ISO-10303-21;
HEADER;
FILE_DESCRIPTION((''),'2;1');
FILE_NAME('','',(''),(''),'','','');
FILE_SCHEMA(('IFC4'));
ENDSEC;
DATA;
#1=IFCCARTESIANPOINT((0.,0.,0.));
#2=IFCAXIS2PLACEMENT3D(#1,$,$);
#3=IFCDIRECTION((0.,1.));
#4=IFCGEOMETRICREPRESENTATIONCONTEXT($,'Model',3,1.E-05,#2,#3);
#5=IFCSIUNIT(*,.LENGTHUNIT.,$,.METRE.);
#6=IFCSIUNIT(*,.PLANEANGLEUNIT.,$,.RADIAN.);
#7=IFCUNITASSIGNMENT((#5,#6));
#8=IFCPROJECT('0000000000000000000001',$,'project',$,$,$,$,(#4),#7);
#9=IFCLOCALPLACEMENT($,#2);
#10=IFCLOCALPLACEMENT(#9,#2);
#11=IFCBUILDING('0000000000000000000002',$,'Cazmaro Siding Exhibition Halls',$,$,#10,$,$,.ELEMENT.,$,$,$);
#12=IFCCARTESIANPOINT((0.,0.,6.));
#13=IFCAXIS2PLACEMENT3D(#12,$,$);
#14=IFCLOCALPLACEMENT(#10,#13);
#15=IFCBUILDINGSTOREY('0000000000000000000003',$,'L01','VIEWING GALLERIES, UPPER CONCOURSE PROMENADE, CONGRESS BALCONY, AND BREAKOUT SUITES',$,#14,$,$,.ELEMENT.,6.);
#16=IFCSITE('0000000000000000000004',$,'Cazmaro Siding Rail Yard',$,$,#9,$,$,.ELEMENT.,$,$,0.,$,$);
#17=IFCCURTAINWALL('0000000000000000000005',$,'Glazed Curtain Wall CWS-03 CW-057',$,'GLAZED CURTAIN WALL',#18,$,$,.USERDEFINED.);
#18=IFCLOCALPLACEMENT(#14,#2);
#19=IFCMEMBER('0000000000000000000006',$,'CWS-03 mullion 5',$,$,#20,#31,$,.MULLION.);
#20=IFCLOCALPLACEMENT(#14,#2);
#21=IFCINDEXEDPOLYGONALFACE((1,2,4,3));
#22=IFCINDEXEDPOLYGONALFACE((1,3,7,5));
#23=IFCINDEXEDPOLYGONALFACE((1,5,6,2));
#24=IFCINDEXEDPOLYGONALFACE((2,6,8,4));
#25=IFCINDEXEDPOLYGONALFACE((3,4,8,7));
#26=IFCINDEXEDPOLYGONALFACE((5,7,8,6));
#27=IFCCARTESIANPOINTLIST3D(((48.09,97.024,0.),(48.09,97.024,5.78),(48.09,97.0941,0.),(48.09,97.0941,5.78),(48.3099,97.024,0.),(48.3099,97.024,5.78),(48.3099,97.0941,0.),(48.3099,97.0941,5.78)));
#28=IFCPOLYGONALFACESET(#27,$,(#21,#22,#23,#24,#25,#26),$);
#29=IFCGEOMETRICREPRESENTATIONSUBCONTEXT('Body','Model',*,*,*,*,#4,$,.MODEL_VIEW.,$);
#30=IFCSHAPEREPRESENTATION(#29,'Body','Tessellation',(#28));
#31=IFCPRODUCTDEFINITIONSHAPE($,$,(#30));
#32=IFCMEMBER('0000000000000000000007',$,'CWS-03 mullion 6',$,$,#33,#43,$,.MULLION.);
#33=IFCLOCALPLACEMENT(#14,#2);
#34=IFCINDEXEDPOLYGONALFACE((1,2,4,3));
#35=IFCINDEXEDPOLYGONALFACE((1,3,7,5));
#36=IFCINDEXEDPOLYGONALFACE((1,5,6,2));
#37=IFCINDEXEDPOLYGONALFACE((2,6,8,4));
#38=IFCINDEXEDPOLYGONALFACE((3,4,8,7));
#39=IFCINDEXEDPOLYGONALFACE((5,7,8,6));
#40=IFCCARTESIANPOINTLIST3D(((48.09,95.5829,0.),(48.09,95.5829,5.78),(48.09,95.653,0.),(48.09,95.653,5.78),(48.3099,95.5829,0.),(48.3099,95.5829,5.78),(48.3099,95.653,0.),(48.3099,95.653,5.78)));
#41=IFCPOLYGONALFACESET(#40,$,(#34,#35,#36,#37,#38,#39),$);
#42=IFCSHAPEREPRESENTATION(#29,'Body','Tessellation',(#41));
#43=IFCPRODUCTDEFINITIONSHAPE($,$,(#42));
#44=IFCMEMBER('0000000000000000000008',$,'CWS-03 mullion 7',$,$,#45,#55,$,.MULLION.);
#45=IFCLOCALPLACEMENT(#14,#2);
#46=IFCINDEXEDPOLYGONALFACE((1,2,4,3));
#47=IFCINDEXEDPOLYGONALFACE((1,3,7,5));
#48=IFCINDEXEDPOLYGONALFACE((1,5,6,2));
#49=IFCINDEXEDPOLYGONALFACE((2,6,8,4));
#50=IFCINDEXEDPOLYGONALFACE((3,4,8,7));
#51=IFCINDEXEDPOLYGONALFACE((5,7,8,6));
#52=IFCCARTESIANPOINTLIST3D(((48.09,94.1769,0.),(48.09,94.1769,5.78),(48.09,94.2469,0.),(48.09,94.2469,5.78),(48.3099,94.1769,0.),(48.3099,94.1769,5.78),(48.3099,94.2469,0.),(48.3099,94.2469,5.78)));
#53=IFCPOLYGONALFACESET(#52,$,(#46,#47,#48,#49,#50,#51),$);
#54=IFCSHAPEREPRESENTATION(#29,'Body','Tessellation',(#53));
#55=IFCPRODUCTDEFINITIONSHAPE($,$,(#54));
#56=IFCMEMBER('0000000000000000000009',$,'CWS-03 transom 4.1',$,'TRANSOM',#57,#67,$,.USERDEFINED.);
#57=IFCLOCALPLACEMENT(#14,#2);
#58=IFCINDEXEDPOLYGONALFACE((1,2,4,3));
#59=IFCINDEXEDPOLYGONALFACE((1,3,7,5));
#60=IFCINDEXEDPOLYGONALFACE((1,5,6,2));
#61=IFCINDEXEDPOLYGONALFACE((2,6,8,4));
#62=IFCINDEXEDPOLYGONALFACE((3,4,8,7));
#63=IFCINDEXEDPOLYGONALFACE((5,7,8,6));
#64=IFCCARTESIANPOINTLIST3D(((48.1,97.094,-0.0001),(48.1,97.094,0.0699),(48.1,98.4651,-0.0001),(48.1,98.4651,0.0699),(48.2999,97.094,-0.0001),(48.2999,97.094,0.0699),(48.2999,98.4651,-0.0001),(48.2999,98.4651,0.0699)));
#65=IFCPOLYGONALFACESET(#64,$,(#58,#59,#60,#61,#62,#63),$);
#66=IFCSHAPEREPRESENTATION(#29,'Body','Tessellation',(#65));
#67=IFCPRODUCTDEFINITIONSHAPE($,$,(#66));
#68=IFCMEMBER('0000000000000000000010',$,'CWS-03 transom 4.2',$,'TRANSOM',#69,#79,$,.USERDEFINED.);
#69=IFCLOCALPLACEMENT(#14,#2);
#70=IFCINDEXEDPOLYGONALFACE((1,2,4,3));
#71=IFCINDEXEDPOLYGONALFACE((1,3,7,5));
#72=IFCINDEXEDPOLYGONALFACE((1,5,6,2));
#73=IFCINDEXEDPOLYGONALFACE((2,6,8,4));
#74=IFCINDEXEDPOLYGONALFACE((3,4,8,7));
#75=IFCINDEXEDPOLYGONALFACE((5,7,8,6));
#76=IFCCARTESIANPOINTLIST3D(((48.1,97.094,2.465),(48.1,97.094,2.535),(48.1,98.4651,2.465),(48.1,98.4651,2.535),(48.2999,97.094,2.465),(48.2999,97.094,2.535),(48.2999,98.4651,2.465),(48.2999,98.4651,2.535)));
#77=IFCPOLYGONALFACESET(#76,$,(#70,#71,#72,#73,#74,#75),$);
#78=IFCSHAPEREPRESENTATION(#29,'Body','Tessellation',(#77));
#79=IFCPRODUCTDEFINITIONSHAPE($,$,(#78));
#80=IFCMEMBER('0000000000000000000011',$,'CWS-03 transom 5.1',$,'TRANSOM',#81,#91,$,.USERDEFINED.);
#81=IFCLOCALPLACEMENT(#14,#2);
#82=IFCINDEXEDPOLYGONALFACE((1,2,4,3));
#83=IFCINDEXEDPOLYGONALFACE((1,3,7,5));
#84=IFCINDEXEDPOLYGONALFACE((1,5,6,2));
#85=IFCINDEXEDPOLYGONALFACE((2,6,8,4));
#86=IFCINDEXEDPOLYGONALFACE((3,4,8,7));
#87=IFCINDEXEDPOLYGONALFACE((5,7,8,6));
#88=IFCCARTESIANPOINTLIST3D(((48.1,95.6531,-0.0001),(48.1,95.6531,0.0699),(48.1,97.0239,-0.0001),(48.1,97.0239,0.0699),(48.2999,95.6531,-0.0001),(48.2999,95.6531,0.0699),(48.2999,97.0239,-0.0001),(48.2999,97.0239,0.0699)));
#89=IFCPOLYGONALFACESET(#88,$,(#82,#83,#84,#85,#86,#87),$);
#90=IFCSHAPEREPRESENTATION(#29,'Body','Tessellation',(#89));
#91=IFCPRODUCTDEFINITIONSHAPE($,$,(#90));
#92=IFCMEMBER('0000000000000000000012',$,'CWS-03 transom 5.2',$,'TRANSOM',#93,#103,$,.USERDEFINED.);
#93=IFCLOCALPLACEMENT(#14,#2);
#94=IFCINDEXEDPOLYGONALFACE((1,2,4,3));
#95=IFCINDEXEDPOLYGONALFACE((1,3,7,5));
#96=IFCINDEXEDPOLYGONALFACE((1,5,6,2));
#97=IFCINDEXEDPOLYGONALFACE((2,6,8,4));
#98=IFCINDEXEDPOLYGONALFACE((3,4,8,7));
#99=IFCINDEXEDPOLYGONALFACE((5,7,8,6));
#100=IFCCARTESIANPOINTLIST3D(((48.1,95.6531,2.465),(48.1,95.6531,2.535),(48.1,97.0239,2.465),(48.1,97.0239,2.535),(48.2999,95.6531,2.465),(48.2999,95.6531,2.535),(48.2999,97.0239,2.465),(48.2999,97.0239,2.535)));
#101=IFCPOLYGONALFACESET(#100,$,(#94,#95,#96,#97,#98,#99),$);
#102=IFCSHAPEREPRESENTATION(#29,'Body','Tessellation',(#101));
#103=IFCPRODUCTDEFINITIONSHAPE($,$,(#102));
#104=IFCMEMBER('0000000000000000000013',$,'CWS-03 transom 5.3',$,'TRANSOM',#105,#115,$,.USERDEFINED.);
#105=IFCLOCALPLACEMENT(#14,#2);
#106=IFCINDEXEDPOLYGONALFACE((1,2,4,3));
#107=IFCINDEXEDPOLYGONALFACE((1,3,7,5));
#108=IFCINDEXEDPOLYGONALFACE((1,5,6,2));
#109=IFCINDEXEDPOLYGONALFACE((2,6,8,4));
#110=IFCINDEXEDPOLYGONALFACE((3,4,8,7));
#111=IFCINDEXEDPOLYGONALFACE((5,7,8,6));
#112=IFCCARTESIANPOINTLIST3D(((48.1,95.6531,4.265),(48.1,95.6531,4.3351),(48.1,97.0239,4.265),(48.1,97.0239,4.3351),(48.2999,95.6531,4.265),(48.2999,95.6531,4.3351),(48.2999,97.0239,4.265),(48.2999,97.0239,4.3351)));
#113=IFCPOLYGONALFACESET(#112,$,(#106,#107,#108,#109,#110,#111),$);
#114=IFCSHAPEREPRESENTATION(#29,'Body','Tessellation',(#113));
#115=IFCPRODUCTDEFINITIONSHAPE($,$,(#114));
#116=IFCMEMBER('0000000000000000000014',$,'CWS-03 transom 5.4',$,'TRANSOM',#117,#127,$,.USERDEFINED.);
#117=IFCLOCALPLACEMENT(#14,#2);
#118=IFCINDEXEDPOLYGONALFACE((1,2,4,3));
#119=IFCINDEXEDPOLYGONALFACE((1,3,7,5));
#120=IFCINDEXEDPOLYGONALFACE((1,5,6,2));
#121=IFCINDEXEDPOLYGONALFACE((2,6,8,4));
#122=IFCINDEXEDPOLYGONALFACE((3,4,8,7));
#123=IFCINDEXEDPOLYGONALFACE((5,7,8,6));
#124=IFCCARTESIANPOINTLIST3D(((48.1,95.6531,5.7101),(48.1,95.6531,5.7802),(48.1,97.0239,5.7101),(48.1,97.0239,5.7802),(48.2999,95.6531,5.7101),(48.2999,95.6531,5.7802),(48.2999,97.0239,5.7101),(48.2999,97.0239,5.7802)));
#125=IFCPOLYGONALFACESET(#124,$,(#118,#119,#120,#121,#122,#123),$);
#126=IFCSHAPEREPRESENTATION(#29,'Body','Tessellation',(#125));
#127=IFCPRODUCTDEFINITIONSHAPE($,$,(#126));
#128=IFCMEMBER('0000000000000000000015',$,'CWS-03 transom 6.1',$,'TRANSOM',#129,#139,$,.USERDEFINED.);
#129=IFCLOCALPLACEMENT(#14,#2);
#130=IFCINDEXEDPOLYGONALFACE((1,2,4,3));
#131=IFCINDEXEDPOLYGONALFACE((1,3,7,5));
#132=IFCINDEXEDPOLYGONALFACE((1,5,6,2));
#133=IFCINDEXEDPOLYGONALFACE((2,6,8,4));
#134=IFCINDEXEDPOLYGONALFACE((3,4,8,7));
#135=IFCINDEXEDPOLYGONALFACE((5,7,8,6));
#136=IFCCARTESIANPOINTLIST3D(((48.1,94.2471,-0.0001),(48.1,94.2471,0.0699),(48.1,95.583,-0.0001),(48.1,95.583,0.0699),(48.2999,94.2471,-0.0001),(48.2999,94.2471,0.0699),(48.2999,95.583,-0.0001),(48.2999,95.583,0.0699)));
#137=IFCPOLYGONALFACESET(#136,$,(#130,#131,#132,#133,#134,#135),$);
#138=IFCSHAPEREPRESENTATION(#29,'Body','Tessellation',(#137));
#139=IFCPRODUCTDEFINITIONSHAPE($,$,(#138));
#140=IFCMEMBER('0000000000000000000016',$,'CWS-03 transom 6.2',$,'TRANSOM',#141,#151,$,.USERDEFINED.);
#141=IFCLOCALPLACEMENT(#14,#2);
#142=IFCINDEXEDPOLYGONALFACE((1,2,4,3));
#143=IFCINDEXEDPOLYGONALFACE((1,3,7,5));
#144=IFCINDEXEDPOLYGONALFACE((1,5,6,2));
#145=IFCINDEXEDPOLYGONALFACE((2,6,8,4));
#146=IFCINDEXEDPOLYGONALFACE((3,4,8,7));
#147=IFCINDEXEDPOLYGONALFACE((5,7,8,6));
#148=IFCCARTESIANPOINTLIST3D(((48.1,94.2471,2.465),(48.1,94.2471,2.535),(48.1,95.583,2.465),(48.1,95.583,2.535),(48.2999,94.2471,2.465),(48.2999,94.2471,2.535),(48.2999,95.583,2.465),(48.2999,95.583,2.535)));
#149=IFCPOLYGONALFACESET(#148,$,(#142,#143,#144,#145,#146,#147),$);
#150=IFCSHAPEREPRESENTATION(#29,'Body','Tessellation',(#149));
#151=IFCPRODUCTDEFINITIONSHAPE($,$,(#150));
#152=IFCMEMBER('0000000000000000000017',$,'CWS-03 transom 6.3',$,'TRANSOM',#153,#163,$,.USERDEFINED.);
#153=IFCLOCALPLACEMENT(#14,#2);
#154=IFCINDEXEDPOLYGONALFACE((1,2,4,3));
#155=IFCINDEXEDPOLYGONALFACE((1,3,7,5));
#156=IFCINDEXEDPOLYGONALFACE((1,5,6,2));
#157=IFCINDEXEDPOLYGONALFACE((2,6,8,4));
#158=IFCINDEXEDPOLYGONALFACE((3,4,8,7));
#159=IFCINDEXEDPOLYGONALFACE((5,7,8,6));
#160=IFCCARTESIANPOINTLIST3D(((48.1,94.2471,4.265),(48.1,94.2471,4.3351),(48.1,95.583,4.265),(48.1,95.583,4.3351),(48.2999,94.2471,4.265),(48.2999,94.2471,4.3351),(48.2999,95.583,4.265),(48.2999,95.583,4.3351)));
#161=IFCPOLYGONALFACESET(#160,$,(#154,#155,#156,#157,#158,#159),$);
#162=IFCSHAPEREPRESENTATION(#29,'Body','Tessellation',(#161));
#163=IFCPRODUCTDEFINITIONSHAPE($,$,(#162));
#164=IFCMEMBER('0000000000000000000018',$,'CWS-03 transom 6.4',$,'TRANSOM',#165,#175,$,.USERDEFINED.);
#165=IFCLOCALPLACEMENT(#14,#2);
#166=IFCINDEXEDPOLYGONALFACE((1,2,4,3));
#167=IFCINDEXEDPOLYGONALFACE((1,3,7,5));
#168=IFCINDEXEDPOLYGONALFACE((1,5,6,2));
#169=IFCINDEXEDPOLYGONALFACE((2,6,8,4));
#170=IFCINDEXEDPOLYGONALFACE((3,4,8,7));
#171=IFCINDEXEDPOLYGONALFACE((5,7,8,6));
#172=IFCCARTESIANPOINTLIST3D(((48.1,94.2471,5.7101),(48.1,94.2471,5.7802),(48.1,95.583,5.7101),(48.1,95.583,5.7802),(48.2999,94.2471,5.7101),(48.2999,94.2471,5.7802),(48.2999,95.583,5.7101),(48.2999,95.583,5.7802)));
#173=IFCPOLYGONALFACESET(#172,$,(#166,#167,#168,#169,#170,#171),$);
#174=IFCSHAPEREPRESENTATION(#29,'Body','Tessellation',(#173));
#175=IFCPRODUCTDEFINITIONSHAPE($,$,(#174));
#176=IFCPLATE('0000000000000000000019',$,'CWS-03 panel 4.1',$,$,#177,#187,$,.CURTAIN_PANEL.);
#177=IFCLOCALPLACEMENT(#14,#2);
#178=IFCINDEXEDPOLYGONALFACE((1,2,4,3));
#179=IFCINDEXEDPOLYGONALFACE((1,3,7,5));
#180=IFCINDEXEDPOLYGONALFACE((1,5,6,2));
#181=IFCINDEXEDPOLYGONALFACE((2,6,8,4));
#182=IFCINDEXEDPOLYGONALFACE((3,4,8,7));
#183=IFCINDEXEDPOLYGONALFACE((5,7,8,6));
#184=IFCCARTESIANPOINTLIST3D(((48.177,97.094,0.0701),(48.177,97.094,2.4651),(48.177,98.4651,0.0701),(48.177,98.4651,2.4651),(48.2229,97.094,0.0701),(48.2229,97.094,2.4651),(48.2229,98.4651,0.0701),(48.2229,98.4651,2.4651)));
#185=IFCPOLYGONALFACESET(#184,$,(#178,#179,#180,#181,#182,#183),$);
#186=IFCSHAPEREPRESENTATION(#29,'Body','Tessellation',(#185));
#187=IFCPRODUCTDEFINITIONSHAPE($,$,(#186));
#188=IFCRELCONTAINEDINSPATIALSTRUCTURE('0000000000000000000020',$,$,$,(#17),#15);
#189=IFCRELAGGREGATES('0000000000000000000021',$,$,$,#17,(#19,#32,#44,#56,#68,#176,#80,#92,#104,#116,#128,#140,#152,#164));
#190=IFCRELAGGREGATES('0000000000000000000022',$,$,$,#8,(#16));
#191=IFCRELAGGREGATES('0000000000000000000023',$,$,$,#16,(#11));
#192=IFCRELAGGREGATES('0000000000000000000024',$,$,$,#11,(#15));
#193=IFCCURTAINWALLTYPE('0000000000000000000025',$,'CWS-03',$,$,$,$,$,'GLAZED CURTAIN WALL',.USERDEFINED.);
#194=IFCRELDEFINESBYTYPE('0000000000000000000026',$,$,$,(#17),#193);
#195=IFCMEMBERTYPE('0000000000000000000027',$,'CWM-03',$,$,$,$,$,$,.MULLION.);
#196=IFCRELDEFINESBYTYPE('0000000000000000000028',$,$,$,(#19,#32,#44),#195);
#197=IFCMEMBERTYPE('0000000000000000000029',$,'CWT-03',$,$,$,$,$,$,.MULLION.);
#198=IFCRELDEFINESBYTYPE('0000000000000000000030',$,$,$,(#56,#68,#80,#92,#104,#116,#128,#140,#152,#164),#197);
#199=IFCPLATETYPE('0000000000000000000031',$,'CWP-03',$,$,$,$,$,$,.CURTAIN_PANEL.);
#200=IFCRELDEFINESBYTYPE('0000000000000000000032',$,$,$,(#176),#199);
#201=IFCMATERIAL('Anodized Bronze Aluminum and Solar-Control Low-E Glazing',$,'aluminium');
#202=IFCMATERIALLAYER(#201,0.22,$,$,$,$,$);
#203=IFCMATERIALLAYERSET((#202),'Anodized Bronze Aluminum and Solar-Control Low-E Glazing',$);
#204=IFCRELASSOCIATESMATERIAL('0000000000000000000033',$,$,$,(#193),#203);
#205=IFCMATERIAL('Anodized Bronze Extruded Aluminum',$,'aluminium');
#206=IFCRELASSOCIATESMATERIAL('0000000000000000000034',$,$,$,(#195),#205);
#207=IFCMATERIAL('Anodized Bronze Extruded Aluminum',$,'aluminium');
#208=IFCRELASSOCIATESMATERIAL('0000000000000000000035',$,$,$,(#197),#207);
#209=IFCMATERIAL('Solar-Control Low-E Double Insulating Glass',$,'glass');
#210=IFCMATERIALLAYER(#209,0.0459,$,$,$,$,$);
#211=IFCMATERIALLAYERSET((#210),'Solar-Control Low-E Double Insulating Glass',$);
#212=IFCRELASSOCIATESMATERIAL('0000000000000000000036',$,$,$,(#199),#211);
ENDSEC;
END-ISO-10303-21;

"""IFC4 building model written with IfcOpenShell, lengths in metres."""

from ifc_helpers import new_model, si_unit, direction, frame, origin, origin_2d, place, context, subcontext, project, spatial, rectangle, extrude, material, layer, layer_set, material_profile, profile_set, type_object, element, aggregate, save


model = new_model("IFC4")

# Units and contexts
model_context = context("Model", 3, precision=1e-05, world=origin(), true_north=direction((0.0, 1.0)))
body_context = subcontext(model_context, "Body", "Model", "MODEL_VIEW")
ifc_project = project(units=[si_unit("LENGTHUNIT", "METRE"), si_unit("PLANEANGLEUNIT", "RADIAN")], contexts=[model_context])

# Site, building, storey
site_placement = place(None, origin())
site = spatial("IfcSite", under=ifc_project, at=site_placement, Name="Cazmaro Siding Rail Yard", CompositionType="ELEMENT", RefElevation=0.0)
building_placement = place(site_placement, origin())
building = spatial("IfcBuilding", under=site, at=building_placement, Name="Cazmaro Siding Exhibition Halls", CompositionType="ELEMENT")
storey_placement = place(building_placement, frame((0.0, 0.0, 6.0)))
storey = spatial("IfcBuildingStorey", under=building, at=storey_placement, Name="L01", Description="VIEWING GALLERIES, UPPER CONCOURSE PROMENADE, CONGRESS BALCONY, AND BREAKOUT SUITES", CompositionType="ELEMENT", Elevation=6.0)

# Curtain wall, members, plate
ifc_material_1 = material(Name="Anodized Bronze Aluminum and Solar-Control Low-E Glazing", Category="aluminium")
ifc_layer_1 = layer(ifc_material_1, 0.22)
ifc_layer_set_1 = layer_set([ifc_layer_1], Name="Anodized Bronze Aluminum and Solar-Control Low-E Glazing")
curtain_wall_type = type_object("IfcCurtainWallType", Name="CWS-03", ElementType="GLAZED CURTAIN WALL", PredefinedType="USERDEFINED", material=ifc_layer_set_1)
curtain_wall_placement = place(storey_placement, origin())
curtain_wall = element("IfcCurtainWall", 1, at=curtain_wall_placement, inside=storey, type_object=curtain_wall_type, Name="Glazed Curtain Wall CWS-03 CW-057", ObjectType="GLAZED CURTAIN WALL", PredefinedType="USERDEFINED")
ifc_material_2 = material(Name="Anodized Bronze Extruded Aluminum", Category="aluminium")
ifc_material_profile_1 = material_profile(ifc_material_2, rectangle(XDim=0.22, YDim=0.0701, at=origin_2d()), Name="CWM-03")
ifc_profile_set_1 = profile_set([ifc_material_profile_1], Name="Anodized Bronze Extruded Aluminum")
member_type_1 = type_object("IfcMemberType", Name="CWM-03", PredefinedType="MULLION", material=ifc_profile_set_1)
member_1_placement = place(storey_placement, frame((48.2, 97.0591, 0.0), z_axis=(0.0, 0.0, 1.0), x_axis=(1.0, 0.0, 0.0)))
member_1 = element("IfcMember", 2, at=member_1_placement, type_object=member_type_1, Name="CWS-03 mullion 5", PredefinedType="MULLION", context=body_context, shape_type="SweptSolid", body=[
    extrude(rectangle(XDim=0.22, YDim=0.0701, at=origin_2d()), origin(), (0.0, 0.0, 1.0), 5.78),
])
member_2_placement = place(storey_placement, frame((48.2, 95.6179, 0.0), z_axis=(0.0, 0.0, 1.0), x_axis=(1.0, 0.0, 0.0)))
member_2 = element("IfcMember", 3, at=member_2_placement, type_object=member_type_1, Name="CWS-03 mullion 6", PredefinedType="MULLION", context=body_context, shape_type="SweptSolid", body=[
    extrude(rectangle(XDim=0.22, YDim=0.0701, at=origin_2d()), origin(), (0.0, 0.0, 1.0), 5.78),
])
member_3_placement = place(storey_placement, frame((48.2, 94.2119, 0.0), z_axis=(0.0, 0.0, 1.0), x_axis=(1.0, 0.0, 0.0)))
member_3 = element("IfcMember", 4, at=member_3_placement, type_object=member_type_1, Name="CWS-03 mullion 7", PredefinedType="MULLION", context=body_context, shape_type="SweptSolid", body=[
    extrude(rectangle(XDim=0.22, YDim=0.0701, at=origin_2d()), origin(), (0.0, 0.0, 1.0), 5.78),
])
ifc_material_3 = material(Name="Anodized Bronze Extruded Aluminum", Category="aluminium")
ifc_material_profile_2 = material_profile(ifc_material_3, rectangle(XDim=0.2, YDim=0.0701, at=origin_2d()), Name="CWT-03")
ifc_profile_set_2 = profile_set([ifc_material_profile_2], Name="Anodized Bronze Extruded Aluminum")
member_type_2 = type_object("IfcMemberType", Name="CWT-03", PredefinedType="MULLION", material=ifc_profile_set_2)
member_4_placement = place(storey_placement, frame((48.2, 98.4651, 0.0349), z_axis=(0.0, -1.0, 0.0), x_axis=(1.0, 0.0, 0.0)))
member_4 = element("IfcMember", 5, at=member_4_placement, type_object=member_type_2, Name="CWS-03 transom 4.1", ObjectType="TRANSOM", PredefinedType="USERDEFINED", context=body_context, shape_type="SweptSolid", body=[
    extrude(rectangle(XDim=0.2, YDim=0.0701, at=origin_2d()), origin(), (0.0, 0.0, 1.0), 1.3711),
])
member_5_placement = place(storey_placement, frame((48.2, 98.4651, 2.5), z_axis=(0.0, -1.0, 0.0), x_axis=(1.0, 0.0, 0.0)))
member_5 = element("IfcMember", 6, at=member_5_placement, type_object=member_type_2, Name="CWS-03 transom 4.2", ObjectType="TRANSOM", PredefinedType="USERDEFINED", context=body_context, shape_type="SweptSolid", body=[
    extrude(rectangle(XDim=0.2, YDim=0.0701, at=origin_2d()), origin(), (0.0, 0.0, 1.0), 1.3711),
])
member_6_placement = place(storey_placement, frame((48.2, 97.0239, 0.0349), z_axis=(0.0, -1.0, 0.0), x_axis=(1.0, 0.0, 0.0)))
member_6 = element("IfcMember", 7, at=member_6_placement, type_object=member_type_2, Name="CWS-03 transom 5.1", ObjectType="TRANSOM", PredefinedType="USERDEFINED", context=body_context, shape_type="SweptSolid", body=[
    extrude(rectangle(XDim=0.2, YDim=0.0701, at=origin_2d()), origin(), (0.0, 0.0, 1.0), 1.3708),
])
member_7_placement = place(storey_placement, frame((48.2, 97.0239, 2.5), z_axis=(0.0, -1.0, 0.0), x_axis=(1.0, 0.0, 0.0)))
member_7 = element("IfcMember", 8, at=member_7_placement, type_object=member_type_2, Name="CWS-03 transom 5.2", ObjectType="TRANSOM", PredefinedType="USERDEFINED", context=body_context, shape_type="SweptSolid", body=[
    extrude(rectangle(XDim=0.2, YDim=0.0701, at=origin_2d()), origin(), (0.0, 0.0, 1.0), 1.3708),
])
member_8_placement = place(storey_placement, frame((48.2, 97.0239, 4.3), z_axis=(0.0, -1.0, 0.0), x_axis=(1.0, 0.0, 0.0)))
member_8 = element("IfcMember", 9, at=member_8_placement, type_object=member_type_2, Name="CWS-03 transom 5.3", ObjectType="TRANSOM", PredefinedType="USERDEFINED", context=body_context, shape_type="SweptSolid", body=[
    extrude(rectangle(XDim=0.2, YDim=0.0701, at=origin_2d()), origin(), (0.0, 0.0, 1.0), 1.3708),
])
member_9_placement = place(storey_placement, frame((48.2, 97.0239, 5.7451), z_axis=(0.0, -1.0, 0.0), x_axis=(1.0, 0.0, 0.0)))
member_9 = element("IfcMember", 10, at=member_9_placement, type_object=member_type_2, Name="CWS-03 transom 5.4", ObjectType="TRANSOM", PredefinedType="USERDEFINED", context=body_context, shape_type="SweptSolid", body=[
    extrude(rectangle(XDim=0.2, YDim=0.0701, at=origin_2d()), origin(), (0.0, 0.0, 1.0), 1.3708),
])
member_10_placement = place(storey_placement, frame((48.2, 95.583, 0.0349), z_axis=(0.0, -1.0, 0.0), x_axis=(1.0, 0.0, 0.0)))
member_10 = element("IfcMember", 11, at=member_10_placement, type_object=member_type_2, Name="CWS-03 transom 6.1", ObjectType="TRANSOM", PredefinedType="USERDEFINED", context=body_context, shape_type="SweptSolid", body=[
    extrude(rectangle(XDim=0.2, YDim=0.0701, at=origin_2d()), origin(), (0.0, 0.0, 1.0), 1.3359),
])
member_11_placement = place(storey_placement, frame((48.2, 95.583, 2.5), z_axis=(0.0, -1.0, 0.0), x_axis=(1.0, 0.0, 0.0)))
member_11 = element("IfcMember", 12, at=member_11_placement, type_object=member_type_2, Name="CWS-03 transom 6.2", ObjectType="TRANSOM", PredefinedType="USERDEFINED", context=body_context, shape_type="SweptSolid", body=[
    extrude(rectangle(XDim=0.2, YDim=0.0701, at=origin_2d()), origin(), (0.0, 0.0, 1.0), 1.3359),
])
member_12_placement = place(storey_placement, frame((48.2, 95.583, 4.3), z_axis=(0.0, -1.0, 0.0), x_axis=(1.0, 0.0, 0.0)))
member_12 = element("IfcMember", 13, at=member_12_placement, type_object=member_type_2, Name="CWS-03 transom 6.3", ObjectType="TRANSOM", PredefinedType="USERDEFINED", context=body_context, shape_type="SweptSolid", body=[
    extrude(rectangle(XDim=0.2, YDim=0.0701, at=origin_2d()), origin(), (0.0, 0.0, 1.0), 1.3359),
])
member_13_placement = place(storey_placement, frame((48.2, 95.583, 5.7451), z_axis=(0.0, -1.0, 0.0), x_axis=(1.0, 0.0, 0.0)))
member_13 = element("IfcMember", 14, at=member_13_placement, type_object=member_type_2, Name="CWS-03 transom 6.4", ObjectType="TRANSOM", PredefinedType="USERDEFINED", context=body_context, shape_type="SweptSolid", body=[
    extrude(rectangle(XDim=0.2, YDim=0.0701, at=origin_2d()), origin(), (0.0, 0.0, 1.0), 1.3359),
])
ifc_material_4 = material(Name="Solar-Control Low-E Double Insulating Glass", Category="glass")
ifc_layer_2 = layer(ifc_material_4, 0.0459)
ifc_layer_set_2 = layer_set([ifc_layer_2], Name="Solar-Control Low-E Double Insulating Glass")
plate_type = type_object("IfcPlateType", Name="CWP-03", PredefinedType="CURTAIN_PANEL", material=ifc_layer_set_2)
plate_1_placement = place(storey_placement, frame((48.2, 97.7795, 0.0701), z_axis=(0.0, 0.0, 1.0), x_axis=(0.0, -1.0, 0.0)))
plate_1 = element("IfcPlate", 15, at=plate_1_placement, type_object=plate_type, Name="CWS-03 panel 4.1", PredefinedType="CURTAIN_PANEL", context=body_context, shape_type="SweptSolid", body=[
    extrude(rectangle(XDim=1.3711, YDim=0.0459, at=origin_2d()), origin(), (0.0, 0.0, 1.0), 2.395),
])
aggregate(curtain_wall, [member_1, member_2, member_3, member_4, member_5, plate_1, member_6, member_7, member_8, member_9, member_10, member_11, member_12, member_13])

save(model, "model.ifc")
